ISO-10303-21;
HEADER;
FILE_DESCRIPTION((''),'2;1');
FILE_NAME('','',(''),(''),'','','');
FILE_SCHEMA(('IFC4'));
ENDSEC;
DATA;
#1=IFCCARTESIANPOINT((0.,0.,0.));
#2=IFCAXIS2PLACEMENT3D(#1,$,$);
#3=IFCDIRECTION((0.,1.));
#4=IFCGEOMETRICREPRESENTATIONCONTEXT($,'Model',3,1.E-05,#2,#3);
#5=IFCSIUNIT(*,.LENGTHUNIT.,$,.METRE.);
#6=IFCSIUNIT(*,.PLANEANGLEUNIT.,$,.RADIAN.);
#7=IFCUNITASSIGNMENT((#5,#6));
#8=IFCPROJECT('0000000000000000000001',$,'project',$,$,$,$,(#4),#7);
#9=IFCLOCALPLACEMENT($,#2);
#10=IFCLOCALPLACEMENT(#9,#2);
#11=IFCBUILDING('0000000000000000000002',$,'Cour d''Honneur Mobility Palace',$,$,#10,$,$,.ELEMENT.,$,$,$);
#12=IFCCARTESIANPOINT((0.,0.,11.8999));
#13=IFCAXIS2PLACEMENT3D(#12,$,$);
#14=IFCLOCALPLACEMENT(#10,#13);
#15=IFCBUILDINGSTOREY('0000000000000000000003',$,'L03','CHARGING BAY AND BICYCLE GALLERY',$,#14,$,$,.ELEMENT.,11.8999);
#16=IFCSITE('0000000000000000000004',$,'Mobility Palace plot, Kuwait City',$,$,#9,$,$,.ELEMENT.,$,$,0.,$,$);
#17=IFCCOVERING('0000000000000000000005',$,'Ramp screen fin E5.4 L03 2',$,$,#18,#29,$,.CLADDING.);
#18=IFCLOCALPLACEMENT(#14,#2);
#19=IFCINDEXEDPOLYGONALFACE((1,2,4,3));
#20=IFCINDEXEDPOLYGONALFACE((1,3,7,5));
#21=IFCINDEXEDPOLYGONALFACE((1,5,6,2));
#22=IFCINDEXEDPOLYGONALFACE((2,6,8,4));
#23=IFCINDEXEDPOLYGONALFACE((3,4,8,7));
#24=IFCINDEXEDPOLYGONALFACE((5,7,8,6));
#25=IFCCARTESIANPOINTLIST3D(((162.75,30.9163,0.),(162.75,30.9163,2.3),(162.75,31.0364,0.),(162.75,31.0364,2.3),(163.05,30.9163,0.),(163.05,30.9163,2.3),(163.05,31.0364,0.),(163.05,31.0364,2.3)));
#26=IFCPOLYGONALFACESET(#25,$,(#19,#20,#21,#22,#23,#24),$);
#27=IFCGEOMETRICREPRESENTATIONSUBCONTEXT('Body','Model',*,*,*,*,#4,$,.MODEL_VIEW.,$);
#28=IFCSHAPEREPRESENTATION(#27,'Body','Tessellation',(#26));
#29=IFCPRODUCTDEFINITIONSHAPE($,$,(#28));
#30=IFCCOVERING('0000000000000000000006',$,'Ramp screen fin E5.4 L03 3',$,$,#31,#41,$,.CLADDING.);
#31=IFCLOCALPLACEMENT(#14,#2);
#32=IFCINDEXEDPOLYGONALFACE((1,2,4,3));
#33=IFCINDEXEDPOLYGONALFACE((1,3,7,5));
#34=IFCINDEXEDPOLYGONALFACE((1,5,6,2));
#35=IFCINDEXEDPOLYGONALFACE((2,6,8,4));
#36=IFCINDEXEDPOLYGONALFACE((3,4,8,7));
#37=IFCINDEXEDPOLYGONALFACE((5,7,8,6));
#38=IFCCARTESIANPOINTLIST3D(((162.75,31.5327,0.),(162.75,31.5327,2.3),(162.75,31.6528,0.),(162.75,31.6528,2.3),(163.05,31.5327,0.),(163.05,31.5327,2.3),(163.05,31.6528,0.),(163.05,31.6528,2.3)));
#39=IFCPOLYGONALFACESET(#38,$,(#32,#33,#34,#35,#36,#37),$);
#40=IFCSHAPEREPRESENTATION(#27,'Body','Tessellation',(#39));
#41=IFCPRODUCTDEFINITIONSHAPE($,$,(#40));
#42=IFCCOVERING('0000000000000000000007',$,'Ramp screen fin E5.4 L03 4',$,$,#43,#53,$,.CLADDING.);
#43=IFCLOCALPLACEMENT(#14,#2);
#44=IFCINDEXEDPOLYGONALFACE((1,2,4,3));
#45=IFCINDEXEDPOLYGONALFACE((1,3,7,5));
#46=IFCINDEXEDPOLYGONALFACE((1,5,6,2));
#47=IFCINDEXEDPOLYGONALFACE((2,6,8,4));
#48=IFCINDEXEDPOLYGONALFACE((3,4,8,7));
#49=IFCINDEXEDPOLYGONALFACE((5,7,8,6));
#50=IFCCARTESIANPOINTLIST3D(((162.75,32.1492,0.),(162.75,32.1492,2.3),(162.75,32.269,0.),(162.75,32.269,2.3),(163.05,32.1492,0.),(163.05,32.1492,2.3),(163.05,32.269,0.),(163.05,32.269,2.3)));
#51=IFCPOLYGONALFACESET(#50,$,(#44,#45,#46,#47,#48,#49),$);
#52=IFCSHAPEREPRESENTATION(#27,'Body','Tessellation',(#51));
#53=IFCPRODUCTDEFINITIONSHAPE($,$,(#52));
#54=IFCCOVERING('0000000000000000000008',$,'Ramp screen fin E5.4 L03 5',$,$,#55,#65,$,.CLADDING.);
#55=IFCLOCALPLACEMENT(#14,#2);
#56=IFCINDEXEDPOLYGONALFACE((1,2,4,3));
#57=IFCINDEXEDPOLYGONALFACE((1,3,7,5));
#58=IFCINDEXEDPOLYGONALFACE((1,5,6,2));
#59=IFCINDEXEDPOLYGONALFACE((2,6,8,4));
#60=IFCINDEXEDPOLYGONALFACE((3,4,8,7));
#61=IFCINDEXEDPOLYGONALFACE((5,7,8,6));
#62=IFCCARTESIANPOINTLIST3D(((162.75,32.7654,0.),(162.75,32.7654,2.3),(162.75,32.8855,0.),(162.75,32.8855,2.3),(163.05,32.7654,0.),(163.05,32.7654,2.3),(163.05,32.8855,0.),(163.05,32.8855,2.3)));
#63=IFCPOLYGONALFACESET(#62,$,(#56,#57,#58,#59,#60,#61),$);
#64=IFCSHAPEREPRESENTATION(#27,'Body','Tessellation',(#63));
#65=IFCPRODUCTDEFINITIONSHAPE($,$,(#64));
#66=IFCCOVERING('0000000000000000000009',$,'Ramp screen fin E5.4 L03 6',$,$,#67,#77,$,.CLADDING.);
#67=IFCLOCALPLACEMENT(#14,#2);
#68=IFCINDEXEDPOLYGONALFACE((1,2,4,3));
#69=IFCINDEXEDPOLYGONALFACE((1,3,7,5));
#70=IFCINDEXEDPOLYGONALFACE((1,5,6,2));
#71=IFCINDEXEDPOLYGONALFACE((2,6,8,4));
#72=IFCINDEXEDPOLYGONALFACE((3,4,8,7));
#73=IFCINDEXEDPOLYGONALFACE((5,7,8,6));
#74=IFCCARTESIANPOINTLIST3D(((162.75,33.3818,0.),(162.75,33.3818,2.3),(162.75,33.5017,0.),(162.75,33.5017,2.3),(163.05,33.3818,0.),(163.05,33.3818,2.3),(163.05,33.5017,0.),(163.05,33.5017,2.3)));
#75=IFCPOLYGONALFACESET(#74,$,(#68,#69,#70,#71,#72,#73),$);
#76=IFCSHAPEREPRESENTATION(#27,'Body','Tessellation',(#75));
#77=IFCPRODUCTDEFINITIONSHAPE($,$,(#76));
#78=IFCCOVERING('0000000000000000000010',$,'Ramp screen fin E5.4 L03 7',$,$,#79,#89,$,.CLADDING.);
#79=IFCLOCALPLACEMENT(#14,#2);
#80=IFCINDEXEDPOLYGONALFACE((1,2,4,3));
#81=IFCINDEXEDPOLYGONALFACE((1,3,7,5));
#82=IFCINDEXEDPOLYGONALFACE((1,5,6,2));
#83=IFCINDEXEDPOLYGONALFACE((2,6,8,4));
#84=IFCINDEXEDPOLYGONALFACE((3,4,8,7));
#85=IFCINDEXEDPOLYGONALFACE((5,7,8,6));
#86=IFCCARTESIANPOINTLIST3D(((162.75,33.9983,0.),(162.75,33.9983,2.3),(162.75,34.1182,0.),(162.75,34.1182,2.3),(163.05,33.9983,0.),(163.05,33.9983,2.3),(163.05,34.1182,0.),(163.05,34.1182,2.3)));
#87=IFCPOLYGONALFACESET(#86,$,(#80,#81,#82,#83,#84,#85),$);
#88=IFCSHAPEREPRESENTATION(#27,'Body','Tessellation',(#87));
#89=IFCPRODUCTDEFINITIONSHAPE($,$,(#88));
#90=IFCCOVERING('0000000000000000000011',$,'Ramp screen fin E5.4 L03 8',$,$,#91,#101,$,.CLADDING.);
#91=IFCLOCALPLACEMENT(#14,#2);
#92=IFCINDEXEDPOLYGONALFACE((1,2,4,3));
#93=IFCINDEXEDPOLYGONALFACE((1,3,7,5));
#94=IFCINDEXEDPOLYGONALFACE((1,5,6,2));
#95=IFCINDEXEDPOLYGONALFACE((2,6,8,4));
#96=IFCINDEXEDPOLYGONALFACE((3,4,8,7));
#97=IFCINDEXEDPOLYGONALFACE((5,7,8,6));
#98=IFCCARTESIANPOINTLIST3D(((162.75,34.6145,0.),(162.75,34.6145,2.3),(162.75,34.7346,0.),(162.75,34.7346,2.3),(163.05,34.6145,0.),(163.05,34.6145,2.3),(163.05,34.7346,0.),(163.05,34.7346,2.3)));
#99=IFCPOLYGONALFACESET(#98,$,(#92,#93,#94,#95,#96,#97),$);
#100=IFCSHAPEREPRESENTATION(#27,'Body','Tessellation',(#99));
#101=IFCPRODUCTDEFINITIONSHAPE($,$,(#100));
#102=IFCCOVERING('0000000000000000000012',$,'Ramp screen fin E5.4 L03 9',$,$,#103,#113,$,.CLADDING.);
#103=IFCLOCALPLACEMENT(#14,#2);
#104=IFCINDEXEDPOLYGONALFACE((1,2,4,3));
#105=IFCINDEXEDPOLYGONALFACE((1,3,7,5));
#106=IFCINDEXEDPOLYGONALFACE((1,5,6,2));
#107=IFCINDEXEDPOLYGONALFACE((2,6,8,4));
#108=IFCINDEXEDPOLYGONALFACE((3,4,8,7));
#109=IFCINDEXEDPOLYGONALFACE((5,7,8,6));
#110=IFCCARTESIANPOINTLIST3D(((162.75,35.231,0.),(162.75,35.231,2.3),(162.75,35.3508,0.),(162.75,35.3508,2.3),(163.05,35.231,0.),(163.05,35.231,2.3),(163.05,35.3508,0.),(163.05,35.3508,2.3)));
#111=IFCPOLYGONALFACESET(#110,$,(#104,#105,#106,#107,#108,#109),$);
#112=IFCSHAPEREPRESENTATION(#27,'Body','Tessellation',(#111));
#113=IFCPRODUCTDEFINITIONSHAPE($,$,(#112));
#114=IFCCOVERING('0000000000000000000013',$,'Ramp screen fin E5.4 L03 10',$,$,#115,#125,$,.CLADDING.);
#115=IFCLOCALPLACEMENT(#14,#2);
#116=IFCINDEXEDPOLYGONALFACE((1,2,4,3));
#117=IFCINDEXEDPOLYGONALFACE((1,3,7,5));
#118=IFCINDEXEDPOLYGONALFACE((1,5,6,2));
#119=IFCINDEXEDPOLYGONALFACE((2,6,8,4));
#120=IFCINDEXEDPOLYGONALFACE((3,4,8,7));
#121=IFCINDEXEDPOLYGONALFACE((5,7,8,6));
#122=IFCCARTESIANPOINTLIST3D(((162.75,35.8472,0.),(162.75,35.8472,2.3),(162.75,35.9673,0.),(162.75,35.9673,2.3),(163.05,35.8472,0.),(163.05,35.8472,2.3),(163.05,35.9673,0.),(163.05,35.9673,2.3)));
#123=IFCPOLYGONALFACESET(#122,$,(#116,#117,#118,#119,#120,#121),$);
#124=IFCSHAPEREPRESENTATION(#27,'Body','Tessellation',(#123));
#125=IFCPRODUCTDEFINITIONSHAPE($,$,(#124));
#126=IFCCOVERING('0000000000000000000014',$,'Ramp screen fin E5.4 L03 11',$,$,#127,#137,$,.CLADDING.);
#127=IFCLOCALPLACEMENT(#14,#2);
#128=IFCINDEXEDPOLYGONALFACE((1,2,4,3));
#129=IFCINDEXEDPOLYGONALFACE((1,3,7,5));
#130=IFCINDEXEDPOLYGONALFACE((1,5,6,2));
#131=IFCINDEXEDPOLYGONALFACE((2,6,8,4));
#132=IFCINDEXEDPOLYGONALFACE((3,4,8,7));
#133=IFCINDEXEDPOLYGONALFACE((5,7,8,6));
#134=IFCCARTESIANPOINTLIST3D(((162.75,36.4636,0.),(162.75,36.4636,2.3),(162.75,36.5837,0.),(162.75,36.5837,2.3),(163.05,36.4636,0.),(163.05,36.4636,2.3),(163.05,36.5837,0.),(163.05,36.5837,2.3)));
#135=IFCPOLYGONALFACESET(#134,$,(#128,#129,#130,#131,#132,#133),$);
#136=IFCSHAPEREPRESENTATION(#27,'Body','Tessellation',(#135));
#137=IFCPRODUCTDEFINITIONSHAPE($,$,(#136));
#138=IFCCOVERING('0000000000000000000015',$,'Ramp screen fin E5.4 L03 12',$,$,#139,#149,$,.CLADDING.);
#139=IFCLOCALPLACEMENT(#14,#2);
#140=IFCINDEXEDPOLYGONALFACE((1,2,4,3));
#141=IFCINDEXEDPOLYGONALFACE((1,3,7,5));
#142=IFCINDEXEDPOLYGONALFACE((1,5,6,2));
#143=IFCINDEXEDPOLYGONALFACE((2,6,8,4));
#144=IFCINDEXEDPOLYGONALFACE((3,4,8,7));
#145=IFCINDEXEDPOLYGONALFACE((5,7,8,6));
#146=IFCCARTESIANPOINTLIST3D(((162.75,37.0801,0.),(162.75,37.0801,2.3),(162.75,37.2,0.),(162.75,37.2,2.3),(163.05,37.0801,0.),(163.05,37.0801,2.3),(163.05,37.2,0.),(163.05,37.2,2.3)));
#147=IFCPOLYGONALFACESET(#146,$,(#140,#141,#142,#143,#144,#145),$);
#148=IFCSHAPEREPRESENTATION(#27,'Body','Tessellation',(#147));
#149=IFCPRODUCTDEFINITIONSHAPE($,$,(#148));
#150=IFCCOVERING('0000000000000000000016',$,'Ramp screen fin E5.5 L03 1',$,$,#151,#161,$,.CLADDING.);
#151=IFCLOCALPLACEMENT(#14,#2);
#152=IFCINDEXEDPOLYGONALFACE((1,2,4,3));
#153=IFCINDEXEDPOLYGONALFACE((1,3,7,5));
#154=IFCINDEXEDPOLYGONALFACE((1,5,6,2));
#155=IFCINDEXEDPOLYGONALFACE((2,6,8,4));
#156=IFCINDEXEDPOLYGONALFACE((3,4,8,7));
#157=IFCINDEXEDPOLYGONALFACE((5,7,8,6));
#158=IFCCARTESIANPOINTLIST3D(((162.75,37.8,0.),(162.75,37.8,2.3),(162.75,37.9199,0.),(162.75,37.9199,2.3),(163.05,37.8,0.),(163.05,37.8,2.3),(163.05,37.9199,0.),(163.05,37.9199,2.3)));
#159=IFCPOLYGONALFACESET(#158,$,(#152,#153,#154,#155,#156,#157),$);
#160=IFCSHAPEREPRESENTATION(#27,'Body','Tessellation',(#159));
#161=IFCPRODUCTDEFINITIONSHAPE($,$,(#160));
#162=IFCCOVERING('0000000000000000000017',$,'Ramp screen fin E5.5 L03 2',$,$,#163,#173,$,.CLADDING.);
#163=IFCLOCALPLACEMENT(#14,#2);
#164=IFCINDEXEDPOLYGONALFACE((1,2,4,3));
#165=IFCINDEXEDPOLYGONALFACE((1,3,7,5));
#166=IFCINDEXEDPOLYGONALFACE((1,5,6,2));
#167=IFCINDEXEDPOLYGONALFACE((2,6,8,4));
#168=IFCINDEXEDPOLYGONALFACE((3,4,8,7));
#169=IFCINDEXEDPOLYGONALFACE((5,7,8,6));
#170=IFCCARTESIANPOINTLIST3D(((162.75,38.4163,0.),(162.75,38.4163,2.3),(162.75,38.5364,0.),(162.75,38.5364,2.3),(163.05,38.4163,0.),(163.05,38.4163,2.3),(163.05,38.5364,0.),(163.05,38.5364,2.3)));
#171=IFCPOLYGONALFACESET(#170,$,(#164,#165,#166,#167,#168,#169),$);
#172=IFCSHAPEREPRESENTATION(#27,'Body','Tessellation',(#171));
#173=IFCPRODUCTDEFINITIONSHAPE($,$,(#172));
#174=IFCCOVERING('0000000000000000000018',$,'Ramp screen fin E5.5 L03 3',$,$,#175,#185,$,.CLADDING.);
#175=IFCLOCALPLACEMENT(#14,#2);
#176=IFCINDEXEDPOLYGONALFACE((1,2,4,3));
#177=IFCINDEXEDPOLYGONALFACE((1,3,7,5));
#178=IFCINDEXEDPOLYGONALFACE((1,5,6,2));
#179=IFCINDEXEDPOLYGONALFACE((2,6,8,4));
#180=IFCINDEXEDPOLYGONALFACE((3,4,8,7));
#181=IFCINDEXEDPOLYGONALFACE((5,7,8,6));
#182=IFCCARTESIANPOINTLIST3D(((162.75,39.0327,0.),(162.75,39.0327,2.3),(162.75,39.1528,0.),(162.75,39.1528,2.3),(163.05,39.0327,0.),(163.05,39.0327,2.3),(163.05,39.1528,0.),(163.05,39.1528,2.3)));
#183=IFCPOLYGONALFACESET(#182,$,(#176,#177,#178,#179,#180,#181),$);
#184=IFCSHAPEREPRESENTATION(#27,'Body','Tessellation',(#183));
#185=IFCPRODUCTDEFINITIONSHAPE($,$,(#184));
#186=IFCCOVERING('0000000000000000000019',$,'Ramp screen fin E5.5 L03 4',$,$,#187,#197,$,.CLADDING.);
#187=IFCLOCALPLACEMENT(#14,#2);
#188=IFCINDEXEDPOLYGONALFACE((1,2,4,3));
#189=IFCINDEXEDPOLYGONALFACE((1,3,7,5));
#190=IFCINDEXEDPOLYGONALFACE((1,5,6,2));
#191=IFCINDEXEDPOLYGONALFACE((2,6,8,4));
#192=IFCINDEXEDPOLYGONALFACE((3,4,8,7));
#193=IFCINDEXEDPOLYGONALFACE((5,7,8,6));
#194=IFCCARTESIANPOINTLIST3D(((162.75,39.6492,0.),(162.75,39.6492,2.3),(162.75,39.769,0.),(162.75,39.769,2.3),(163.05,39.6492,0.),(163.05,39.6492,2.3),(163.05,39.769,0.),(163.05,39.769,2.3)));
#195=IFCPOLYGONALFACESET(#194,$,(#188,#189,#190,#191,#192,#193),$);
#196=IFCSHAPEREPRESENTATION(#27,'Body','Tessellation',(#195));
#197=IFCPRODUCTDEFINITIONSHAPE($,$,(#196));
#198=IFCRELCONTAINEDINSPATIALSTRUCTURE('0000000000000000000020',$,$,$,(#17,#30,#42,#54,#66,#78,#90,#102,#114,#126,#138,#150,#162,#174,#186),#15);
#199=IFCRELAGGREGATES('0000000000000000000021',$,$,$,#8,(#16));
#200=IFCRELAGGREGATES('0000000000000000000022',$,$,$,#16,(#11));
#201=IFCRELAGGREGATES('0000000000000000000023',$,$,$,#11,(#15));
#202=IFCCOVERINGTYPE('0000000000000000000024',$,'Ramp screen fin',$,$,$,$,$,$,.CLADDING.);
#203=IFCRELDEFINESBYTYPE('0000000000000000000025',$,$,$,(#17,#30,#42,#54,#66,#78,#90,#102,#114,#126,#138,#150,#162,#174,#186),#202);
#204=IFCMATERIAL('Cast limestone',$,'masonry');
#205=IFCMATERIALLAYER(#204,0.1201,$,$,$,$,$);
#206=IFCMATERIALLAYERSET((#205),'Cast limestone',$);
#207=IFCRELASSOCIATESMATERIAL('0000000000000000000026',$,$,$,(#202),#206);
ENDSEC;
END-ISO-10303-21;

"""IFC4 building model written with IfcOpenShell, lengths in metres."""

from ifc_helpers import new_model, si_unit, direction, frame, origin, place, context, subcontext, project, spatial, polyline, outline, extrude, material, layer, layer_set, type_object, element, save


model = new_model("IFC4")

# Units and contexts
model_context = context("Model", 3, precision=1e-05, world=origin(), true_north=direction((0.0, 1.0)))
body_context = subcontext(model_context, "Body", "Model", "MODEL_VIEW")
ifc_project = project(units=[si_unit("LENGTHUNIT", "METRE"), si_unit("PLANEANGLEUNIT", "RADIAN")], contexts=[model_context])

# Site, building, storey
site_placement = place(None, origin())
site = spatial("IfcSite", under=ifc_project, at=site_placement, Name="Mobility Palace plot, Kuwait City", CompositionType="ELEMENT", RefElevation=0.0)
building_placement = place(site_placement, origin())
building = spatial("IfcBuilding", under=site, at=building_placement, Name="Cour d'Honneur Mobility Palace", CompositionType="ELEMENT")
storey_placement = place(building_placement, frame((0.0, 0.0, 11.8999)))
storey = spatial("IfcBuildingStorey", under=building, at=storey_placement, Name="L03", Description="CHARGING BAY AND BICYCLE GALLERY", CompositionType="ELEMENT", Elevation=11.8999)

# Coverings
ifc_material_1 = material(Name="Cast limestone", Category="masonry")
ifc_layer_1 = layer(ifc_material_1, 0.1201)
ifc_layer_set_1 = layer_set([ifc_layer_1], Name="Cast limestone")
covering_type = type_object("IfcCoveringType", Name="Ramp screen fin", PredefinedType="CLADDING", material=ifc_layer_set_1)
covering_1_placement = place(storey_placement, origin())
element("IfcCovering", 1, at=covering_1_placement, inside=storey, type_object=covering_type, Name="Ramp screen fin E5.4 L03 2", PredefinedType="CLADDING", context=body_context, shape_type="SweptSolid", body=[
    extrude(outline(polyline([(162.75, 30.9163), (162.75, 31.0364), (163.05, 31.0364), (163.05, 30.9163), (162.75, 30.9163)])), origin(), (0.0, 0.0, 1.0), 2.3),
])
covering_2_placement = place(storey_placement, origin())
element("IfcCovering", 2, at=covering_2_placement, inside=storey, type_object=covering_type, Name="Ramp screen fin E5.4 L03 3", PredefinedType="CLADDING", context=body_context, shape_type="SweptSolid", body=[
    extrude(outline(polyline([(162.75, 31.5327), (162.75, 31.6528), (163.05, 31.6528), (163.05, 31.5327), (162.75, 31.5327)])), origin(), (0.0, 0.0, 1.0), 2.3),
])
covering_3_placement = place(storey_placement, origin())
element("IfcCovering", 3, at=covering_3_placement, inside=storey, type_object=covering_type, Name="Ramp screen fin E5.4 L03 4", PredefinedType="CLADDING", context=body_context, shape_type="SweptSolid", body=[
    extrude(outline(polyline([(162.75, 32.1492), (162.75, 32.269), (163.05, 32.269), (163.05, 32.1492), (162.75, 32.1492)])), origin(), (0.0, 0.0, 1.0), 2.3),
])
covering_4_placement = place(storey_placement, origin())
element("IfcCovering", 4, at=covering_4_placement, inside=storey, type_object=covering_type, Name="Ramp screen fin E5.4 L03 5", PredefinedType="CLADDING", context=body_context, shape_type="SweptSolid", body=[
    extrude(outline(polyline([(162.75, 32.7654), (162.75, 32.8855), (163.05, 32.8855), (163.05, 32.7654), (162.75, 32.7654)])), origin(), (0.0, 0.0, 1.0), 2.3),
])
covering_5_placement = place(storey_placement, origin())
element("IfcCovering", 5, at=covering_5_placement, inside=storey, type_object=covering_type, Name="Ramp screen fin E5.4 L03 6", PredefinedType="CLADDING", context=body_context, shape_type="SweptSolid", body=[
    extrude(outline(polyline([(162.75, 33.3818), (162.75, 33.5017), (163.05, 33.5017), (163.05, 33.3818), (162.75, 33.3818)])), origin(), (0.0, 0.0, 1.0), 2.3),
])
covering_6_placement = place(storey_placement, origin())
element("IfcCovering", 6, at=covering_6_placement, inside=storey, type_object=covering_type, Name="Ramp screen fin E5.4 L03 7", PredefinedType="CLADDING", context=body_context, shape_type="SweptSolid", body=[
    extrude(outline(polyline([(162.75, 33.9983), (162.75, 34.1182), (163.05, 34.1182), (163.05, 33.9983), (162.75, 33.9983)])), origin(), (0.0, 0.0, 1.0), 2.3),
])
covering_7_placement = place(storey_placement, origin())
element("IfcCovering", 7, at=covering_7_placement, inside=storey, type_object=covering_type, Name="Ramp screen fin E5.4 L03 8", PredefinedType="CLADDING", context=body_context, shape_type="SweptSolid", body=[
    extrude(outline(polyline([(162.75, 34.6145), (162.75, 34.7346), (163.05, 34.7346), (163.05, 34.6145), (162.75, 34.6145)])), origin(), (0.0, 0.0, 1.0), 2.3),
])
covering_8_placement = place(storey_placement, origin())
element("IfcCovering", 8, at=covering_8_placement, inside=storey, type_object=covering_type, Name="Ramp screen fin E5.4 L03 9", PredefinedType="CLADDING", context=body_context, shape_type="SweptSolid", body=[
    extrude(outline(polyline([(162.75, 35.231), (162.75, 35.3508), (163.05, 35.3508), (163.05, 35.231), (162.75, 35.231)])), origin(), (0.0, 0.0, 1.0), 2.3),
])
covering_9_placement = place(storey_placement, origin())
element("IfcCovering", 9, at=covering_9_placement, inside=storey, type_object=covering_type, Name="Ramp screen fin E5.4 L03 10", PredefinedType="CLADDING", context=body_context, shape_type="SweptSolid", body=[
    extrude(outline(polyline([(162.75, 35.8472), (162.75, 35.9673), (163.05, 35.9673), (163.05, 35.8472), (162.75, 35.8472)])), origin(), (0.0, 0.0, 1.0), 2.3),
])
covering_10_placement = place(storey_placement, origin())
element("IfcCovering", 10, at=covering_10_placement, inside=storey, type_object=covering_type, Name="Ramp screen fin E5.4 L03 11", PredefinedType="CLADDING", context=body_context, shape_type="SweptSolid", body=[
    extrude(outline(polyline([(162.75, 36.4636), (162.75, 36.5837), (163.05, 36.5837), (163.05, 36.4636), (162.75, 36.4636)])), origin(), (0.0, 0.0, 1.0), 2.3),
])
covering_11_placement = place(storey_placement, origin())
element("IfcCovering", 11, at=covering_11_placement, inside=storey, type_object=covering_type, Name="Ramp screen fin E5.4 L03 12", PredefinedType="CLADDING", context=body_context, shape_type="SweptSolid", body=[
    extrude(outline(polyline([(162.75, 37.0801), (162.75, 37.2), (163.05, 37.2), (163.05, 37.0801), (162.75, 37.0801)])), origin(), (0.0, 0.0, 1.0), 2.3),
])
covering_12_placement = place(storey_placement, origin())
element("IfcCovering", 12, at=covering_12_placement, inside=storey, type_object=covering_type, Name="Ramp screen fin E5.5 L03 1", PredefinedType="CLADDING", context=body_context, shape_type="SweptSolid", body=[
    extrude(outline(polyline([(162.75, 37.8), (162.75, 37.9199), (163.05, 37.9199), (163.05, 37.8), (162.75, 37.8)])), origin(), (0.0, 0.0, 1.0), 2.3),
])
covering_13_placement = place(storey_placement, origin())
element("IfcCovering", 13, at=covering_13_placement, inside=storey, type_object=covering_type, Name="Ramp screen fin E5.5 L03 2", PredefinedType="CLADDING", context=body_context, shape_type="SweptSolid", body=[
    extrude(outline(polyline([(162.75, 38.4163), (162.75, 38.5364), (163.05, 38.5364), (163.05, 38.4163), (162.75, 38.4163)])), origin(), (0.0, 0.0, 1.0), 2.3),
])
covering_14_placement = place(storey_placement, origin())
element("IfcCovering", 14, at=covering_14_placement, inside=storey, type_object=covering_type, Name="Ramp screen fin E5.5 L03 3", PredefinedType="CLADDING", context=body_context, shape_type="SweptSolid", body=[
    extrude(outline(polyline([(162.75, 39.0327), (162.75, 39.1528), (163.05, 39.1528), (163.05, 39.0327), (162.75, 39.0327)])), origin(), (0.0, 0.0, 1.0), 2.3),
])
covering_15_placement = place(storey_placement, origin())
element("IfcCovering", 15, at=covering_15_placement, inside=storey, type_object=covering_type, Name="Ramp screen fin E5.5 L03 4", PredefinedType="CLADDING", context=body_context, shape_type="SweptSolid", body=[
    extrude(outline(polyline([(162.75, 39.6492), (162.75, 39.769), (163.05, 39.769), (163.05, 39.6492), (162.75, 39.6492)])), origin(), (0.0, 0.0, 1.0), 2.3),
])

save(model, "model.ifc")
